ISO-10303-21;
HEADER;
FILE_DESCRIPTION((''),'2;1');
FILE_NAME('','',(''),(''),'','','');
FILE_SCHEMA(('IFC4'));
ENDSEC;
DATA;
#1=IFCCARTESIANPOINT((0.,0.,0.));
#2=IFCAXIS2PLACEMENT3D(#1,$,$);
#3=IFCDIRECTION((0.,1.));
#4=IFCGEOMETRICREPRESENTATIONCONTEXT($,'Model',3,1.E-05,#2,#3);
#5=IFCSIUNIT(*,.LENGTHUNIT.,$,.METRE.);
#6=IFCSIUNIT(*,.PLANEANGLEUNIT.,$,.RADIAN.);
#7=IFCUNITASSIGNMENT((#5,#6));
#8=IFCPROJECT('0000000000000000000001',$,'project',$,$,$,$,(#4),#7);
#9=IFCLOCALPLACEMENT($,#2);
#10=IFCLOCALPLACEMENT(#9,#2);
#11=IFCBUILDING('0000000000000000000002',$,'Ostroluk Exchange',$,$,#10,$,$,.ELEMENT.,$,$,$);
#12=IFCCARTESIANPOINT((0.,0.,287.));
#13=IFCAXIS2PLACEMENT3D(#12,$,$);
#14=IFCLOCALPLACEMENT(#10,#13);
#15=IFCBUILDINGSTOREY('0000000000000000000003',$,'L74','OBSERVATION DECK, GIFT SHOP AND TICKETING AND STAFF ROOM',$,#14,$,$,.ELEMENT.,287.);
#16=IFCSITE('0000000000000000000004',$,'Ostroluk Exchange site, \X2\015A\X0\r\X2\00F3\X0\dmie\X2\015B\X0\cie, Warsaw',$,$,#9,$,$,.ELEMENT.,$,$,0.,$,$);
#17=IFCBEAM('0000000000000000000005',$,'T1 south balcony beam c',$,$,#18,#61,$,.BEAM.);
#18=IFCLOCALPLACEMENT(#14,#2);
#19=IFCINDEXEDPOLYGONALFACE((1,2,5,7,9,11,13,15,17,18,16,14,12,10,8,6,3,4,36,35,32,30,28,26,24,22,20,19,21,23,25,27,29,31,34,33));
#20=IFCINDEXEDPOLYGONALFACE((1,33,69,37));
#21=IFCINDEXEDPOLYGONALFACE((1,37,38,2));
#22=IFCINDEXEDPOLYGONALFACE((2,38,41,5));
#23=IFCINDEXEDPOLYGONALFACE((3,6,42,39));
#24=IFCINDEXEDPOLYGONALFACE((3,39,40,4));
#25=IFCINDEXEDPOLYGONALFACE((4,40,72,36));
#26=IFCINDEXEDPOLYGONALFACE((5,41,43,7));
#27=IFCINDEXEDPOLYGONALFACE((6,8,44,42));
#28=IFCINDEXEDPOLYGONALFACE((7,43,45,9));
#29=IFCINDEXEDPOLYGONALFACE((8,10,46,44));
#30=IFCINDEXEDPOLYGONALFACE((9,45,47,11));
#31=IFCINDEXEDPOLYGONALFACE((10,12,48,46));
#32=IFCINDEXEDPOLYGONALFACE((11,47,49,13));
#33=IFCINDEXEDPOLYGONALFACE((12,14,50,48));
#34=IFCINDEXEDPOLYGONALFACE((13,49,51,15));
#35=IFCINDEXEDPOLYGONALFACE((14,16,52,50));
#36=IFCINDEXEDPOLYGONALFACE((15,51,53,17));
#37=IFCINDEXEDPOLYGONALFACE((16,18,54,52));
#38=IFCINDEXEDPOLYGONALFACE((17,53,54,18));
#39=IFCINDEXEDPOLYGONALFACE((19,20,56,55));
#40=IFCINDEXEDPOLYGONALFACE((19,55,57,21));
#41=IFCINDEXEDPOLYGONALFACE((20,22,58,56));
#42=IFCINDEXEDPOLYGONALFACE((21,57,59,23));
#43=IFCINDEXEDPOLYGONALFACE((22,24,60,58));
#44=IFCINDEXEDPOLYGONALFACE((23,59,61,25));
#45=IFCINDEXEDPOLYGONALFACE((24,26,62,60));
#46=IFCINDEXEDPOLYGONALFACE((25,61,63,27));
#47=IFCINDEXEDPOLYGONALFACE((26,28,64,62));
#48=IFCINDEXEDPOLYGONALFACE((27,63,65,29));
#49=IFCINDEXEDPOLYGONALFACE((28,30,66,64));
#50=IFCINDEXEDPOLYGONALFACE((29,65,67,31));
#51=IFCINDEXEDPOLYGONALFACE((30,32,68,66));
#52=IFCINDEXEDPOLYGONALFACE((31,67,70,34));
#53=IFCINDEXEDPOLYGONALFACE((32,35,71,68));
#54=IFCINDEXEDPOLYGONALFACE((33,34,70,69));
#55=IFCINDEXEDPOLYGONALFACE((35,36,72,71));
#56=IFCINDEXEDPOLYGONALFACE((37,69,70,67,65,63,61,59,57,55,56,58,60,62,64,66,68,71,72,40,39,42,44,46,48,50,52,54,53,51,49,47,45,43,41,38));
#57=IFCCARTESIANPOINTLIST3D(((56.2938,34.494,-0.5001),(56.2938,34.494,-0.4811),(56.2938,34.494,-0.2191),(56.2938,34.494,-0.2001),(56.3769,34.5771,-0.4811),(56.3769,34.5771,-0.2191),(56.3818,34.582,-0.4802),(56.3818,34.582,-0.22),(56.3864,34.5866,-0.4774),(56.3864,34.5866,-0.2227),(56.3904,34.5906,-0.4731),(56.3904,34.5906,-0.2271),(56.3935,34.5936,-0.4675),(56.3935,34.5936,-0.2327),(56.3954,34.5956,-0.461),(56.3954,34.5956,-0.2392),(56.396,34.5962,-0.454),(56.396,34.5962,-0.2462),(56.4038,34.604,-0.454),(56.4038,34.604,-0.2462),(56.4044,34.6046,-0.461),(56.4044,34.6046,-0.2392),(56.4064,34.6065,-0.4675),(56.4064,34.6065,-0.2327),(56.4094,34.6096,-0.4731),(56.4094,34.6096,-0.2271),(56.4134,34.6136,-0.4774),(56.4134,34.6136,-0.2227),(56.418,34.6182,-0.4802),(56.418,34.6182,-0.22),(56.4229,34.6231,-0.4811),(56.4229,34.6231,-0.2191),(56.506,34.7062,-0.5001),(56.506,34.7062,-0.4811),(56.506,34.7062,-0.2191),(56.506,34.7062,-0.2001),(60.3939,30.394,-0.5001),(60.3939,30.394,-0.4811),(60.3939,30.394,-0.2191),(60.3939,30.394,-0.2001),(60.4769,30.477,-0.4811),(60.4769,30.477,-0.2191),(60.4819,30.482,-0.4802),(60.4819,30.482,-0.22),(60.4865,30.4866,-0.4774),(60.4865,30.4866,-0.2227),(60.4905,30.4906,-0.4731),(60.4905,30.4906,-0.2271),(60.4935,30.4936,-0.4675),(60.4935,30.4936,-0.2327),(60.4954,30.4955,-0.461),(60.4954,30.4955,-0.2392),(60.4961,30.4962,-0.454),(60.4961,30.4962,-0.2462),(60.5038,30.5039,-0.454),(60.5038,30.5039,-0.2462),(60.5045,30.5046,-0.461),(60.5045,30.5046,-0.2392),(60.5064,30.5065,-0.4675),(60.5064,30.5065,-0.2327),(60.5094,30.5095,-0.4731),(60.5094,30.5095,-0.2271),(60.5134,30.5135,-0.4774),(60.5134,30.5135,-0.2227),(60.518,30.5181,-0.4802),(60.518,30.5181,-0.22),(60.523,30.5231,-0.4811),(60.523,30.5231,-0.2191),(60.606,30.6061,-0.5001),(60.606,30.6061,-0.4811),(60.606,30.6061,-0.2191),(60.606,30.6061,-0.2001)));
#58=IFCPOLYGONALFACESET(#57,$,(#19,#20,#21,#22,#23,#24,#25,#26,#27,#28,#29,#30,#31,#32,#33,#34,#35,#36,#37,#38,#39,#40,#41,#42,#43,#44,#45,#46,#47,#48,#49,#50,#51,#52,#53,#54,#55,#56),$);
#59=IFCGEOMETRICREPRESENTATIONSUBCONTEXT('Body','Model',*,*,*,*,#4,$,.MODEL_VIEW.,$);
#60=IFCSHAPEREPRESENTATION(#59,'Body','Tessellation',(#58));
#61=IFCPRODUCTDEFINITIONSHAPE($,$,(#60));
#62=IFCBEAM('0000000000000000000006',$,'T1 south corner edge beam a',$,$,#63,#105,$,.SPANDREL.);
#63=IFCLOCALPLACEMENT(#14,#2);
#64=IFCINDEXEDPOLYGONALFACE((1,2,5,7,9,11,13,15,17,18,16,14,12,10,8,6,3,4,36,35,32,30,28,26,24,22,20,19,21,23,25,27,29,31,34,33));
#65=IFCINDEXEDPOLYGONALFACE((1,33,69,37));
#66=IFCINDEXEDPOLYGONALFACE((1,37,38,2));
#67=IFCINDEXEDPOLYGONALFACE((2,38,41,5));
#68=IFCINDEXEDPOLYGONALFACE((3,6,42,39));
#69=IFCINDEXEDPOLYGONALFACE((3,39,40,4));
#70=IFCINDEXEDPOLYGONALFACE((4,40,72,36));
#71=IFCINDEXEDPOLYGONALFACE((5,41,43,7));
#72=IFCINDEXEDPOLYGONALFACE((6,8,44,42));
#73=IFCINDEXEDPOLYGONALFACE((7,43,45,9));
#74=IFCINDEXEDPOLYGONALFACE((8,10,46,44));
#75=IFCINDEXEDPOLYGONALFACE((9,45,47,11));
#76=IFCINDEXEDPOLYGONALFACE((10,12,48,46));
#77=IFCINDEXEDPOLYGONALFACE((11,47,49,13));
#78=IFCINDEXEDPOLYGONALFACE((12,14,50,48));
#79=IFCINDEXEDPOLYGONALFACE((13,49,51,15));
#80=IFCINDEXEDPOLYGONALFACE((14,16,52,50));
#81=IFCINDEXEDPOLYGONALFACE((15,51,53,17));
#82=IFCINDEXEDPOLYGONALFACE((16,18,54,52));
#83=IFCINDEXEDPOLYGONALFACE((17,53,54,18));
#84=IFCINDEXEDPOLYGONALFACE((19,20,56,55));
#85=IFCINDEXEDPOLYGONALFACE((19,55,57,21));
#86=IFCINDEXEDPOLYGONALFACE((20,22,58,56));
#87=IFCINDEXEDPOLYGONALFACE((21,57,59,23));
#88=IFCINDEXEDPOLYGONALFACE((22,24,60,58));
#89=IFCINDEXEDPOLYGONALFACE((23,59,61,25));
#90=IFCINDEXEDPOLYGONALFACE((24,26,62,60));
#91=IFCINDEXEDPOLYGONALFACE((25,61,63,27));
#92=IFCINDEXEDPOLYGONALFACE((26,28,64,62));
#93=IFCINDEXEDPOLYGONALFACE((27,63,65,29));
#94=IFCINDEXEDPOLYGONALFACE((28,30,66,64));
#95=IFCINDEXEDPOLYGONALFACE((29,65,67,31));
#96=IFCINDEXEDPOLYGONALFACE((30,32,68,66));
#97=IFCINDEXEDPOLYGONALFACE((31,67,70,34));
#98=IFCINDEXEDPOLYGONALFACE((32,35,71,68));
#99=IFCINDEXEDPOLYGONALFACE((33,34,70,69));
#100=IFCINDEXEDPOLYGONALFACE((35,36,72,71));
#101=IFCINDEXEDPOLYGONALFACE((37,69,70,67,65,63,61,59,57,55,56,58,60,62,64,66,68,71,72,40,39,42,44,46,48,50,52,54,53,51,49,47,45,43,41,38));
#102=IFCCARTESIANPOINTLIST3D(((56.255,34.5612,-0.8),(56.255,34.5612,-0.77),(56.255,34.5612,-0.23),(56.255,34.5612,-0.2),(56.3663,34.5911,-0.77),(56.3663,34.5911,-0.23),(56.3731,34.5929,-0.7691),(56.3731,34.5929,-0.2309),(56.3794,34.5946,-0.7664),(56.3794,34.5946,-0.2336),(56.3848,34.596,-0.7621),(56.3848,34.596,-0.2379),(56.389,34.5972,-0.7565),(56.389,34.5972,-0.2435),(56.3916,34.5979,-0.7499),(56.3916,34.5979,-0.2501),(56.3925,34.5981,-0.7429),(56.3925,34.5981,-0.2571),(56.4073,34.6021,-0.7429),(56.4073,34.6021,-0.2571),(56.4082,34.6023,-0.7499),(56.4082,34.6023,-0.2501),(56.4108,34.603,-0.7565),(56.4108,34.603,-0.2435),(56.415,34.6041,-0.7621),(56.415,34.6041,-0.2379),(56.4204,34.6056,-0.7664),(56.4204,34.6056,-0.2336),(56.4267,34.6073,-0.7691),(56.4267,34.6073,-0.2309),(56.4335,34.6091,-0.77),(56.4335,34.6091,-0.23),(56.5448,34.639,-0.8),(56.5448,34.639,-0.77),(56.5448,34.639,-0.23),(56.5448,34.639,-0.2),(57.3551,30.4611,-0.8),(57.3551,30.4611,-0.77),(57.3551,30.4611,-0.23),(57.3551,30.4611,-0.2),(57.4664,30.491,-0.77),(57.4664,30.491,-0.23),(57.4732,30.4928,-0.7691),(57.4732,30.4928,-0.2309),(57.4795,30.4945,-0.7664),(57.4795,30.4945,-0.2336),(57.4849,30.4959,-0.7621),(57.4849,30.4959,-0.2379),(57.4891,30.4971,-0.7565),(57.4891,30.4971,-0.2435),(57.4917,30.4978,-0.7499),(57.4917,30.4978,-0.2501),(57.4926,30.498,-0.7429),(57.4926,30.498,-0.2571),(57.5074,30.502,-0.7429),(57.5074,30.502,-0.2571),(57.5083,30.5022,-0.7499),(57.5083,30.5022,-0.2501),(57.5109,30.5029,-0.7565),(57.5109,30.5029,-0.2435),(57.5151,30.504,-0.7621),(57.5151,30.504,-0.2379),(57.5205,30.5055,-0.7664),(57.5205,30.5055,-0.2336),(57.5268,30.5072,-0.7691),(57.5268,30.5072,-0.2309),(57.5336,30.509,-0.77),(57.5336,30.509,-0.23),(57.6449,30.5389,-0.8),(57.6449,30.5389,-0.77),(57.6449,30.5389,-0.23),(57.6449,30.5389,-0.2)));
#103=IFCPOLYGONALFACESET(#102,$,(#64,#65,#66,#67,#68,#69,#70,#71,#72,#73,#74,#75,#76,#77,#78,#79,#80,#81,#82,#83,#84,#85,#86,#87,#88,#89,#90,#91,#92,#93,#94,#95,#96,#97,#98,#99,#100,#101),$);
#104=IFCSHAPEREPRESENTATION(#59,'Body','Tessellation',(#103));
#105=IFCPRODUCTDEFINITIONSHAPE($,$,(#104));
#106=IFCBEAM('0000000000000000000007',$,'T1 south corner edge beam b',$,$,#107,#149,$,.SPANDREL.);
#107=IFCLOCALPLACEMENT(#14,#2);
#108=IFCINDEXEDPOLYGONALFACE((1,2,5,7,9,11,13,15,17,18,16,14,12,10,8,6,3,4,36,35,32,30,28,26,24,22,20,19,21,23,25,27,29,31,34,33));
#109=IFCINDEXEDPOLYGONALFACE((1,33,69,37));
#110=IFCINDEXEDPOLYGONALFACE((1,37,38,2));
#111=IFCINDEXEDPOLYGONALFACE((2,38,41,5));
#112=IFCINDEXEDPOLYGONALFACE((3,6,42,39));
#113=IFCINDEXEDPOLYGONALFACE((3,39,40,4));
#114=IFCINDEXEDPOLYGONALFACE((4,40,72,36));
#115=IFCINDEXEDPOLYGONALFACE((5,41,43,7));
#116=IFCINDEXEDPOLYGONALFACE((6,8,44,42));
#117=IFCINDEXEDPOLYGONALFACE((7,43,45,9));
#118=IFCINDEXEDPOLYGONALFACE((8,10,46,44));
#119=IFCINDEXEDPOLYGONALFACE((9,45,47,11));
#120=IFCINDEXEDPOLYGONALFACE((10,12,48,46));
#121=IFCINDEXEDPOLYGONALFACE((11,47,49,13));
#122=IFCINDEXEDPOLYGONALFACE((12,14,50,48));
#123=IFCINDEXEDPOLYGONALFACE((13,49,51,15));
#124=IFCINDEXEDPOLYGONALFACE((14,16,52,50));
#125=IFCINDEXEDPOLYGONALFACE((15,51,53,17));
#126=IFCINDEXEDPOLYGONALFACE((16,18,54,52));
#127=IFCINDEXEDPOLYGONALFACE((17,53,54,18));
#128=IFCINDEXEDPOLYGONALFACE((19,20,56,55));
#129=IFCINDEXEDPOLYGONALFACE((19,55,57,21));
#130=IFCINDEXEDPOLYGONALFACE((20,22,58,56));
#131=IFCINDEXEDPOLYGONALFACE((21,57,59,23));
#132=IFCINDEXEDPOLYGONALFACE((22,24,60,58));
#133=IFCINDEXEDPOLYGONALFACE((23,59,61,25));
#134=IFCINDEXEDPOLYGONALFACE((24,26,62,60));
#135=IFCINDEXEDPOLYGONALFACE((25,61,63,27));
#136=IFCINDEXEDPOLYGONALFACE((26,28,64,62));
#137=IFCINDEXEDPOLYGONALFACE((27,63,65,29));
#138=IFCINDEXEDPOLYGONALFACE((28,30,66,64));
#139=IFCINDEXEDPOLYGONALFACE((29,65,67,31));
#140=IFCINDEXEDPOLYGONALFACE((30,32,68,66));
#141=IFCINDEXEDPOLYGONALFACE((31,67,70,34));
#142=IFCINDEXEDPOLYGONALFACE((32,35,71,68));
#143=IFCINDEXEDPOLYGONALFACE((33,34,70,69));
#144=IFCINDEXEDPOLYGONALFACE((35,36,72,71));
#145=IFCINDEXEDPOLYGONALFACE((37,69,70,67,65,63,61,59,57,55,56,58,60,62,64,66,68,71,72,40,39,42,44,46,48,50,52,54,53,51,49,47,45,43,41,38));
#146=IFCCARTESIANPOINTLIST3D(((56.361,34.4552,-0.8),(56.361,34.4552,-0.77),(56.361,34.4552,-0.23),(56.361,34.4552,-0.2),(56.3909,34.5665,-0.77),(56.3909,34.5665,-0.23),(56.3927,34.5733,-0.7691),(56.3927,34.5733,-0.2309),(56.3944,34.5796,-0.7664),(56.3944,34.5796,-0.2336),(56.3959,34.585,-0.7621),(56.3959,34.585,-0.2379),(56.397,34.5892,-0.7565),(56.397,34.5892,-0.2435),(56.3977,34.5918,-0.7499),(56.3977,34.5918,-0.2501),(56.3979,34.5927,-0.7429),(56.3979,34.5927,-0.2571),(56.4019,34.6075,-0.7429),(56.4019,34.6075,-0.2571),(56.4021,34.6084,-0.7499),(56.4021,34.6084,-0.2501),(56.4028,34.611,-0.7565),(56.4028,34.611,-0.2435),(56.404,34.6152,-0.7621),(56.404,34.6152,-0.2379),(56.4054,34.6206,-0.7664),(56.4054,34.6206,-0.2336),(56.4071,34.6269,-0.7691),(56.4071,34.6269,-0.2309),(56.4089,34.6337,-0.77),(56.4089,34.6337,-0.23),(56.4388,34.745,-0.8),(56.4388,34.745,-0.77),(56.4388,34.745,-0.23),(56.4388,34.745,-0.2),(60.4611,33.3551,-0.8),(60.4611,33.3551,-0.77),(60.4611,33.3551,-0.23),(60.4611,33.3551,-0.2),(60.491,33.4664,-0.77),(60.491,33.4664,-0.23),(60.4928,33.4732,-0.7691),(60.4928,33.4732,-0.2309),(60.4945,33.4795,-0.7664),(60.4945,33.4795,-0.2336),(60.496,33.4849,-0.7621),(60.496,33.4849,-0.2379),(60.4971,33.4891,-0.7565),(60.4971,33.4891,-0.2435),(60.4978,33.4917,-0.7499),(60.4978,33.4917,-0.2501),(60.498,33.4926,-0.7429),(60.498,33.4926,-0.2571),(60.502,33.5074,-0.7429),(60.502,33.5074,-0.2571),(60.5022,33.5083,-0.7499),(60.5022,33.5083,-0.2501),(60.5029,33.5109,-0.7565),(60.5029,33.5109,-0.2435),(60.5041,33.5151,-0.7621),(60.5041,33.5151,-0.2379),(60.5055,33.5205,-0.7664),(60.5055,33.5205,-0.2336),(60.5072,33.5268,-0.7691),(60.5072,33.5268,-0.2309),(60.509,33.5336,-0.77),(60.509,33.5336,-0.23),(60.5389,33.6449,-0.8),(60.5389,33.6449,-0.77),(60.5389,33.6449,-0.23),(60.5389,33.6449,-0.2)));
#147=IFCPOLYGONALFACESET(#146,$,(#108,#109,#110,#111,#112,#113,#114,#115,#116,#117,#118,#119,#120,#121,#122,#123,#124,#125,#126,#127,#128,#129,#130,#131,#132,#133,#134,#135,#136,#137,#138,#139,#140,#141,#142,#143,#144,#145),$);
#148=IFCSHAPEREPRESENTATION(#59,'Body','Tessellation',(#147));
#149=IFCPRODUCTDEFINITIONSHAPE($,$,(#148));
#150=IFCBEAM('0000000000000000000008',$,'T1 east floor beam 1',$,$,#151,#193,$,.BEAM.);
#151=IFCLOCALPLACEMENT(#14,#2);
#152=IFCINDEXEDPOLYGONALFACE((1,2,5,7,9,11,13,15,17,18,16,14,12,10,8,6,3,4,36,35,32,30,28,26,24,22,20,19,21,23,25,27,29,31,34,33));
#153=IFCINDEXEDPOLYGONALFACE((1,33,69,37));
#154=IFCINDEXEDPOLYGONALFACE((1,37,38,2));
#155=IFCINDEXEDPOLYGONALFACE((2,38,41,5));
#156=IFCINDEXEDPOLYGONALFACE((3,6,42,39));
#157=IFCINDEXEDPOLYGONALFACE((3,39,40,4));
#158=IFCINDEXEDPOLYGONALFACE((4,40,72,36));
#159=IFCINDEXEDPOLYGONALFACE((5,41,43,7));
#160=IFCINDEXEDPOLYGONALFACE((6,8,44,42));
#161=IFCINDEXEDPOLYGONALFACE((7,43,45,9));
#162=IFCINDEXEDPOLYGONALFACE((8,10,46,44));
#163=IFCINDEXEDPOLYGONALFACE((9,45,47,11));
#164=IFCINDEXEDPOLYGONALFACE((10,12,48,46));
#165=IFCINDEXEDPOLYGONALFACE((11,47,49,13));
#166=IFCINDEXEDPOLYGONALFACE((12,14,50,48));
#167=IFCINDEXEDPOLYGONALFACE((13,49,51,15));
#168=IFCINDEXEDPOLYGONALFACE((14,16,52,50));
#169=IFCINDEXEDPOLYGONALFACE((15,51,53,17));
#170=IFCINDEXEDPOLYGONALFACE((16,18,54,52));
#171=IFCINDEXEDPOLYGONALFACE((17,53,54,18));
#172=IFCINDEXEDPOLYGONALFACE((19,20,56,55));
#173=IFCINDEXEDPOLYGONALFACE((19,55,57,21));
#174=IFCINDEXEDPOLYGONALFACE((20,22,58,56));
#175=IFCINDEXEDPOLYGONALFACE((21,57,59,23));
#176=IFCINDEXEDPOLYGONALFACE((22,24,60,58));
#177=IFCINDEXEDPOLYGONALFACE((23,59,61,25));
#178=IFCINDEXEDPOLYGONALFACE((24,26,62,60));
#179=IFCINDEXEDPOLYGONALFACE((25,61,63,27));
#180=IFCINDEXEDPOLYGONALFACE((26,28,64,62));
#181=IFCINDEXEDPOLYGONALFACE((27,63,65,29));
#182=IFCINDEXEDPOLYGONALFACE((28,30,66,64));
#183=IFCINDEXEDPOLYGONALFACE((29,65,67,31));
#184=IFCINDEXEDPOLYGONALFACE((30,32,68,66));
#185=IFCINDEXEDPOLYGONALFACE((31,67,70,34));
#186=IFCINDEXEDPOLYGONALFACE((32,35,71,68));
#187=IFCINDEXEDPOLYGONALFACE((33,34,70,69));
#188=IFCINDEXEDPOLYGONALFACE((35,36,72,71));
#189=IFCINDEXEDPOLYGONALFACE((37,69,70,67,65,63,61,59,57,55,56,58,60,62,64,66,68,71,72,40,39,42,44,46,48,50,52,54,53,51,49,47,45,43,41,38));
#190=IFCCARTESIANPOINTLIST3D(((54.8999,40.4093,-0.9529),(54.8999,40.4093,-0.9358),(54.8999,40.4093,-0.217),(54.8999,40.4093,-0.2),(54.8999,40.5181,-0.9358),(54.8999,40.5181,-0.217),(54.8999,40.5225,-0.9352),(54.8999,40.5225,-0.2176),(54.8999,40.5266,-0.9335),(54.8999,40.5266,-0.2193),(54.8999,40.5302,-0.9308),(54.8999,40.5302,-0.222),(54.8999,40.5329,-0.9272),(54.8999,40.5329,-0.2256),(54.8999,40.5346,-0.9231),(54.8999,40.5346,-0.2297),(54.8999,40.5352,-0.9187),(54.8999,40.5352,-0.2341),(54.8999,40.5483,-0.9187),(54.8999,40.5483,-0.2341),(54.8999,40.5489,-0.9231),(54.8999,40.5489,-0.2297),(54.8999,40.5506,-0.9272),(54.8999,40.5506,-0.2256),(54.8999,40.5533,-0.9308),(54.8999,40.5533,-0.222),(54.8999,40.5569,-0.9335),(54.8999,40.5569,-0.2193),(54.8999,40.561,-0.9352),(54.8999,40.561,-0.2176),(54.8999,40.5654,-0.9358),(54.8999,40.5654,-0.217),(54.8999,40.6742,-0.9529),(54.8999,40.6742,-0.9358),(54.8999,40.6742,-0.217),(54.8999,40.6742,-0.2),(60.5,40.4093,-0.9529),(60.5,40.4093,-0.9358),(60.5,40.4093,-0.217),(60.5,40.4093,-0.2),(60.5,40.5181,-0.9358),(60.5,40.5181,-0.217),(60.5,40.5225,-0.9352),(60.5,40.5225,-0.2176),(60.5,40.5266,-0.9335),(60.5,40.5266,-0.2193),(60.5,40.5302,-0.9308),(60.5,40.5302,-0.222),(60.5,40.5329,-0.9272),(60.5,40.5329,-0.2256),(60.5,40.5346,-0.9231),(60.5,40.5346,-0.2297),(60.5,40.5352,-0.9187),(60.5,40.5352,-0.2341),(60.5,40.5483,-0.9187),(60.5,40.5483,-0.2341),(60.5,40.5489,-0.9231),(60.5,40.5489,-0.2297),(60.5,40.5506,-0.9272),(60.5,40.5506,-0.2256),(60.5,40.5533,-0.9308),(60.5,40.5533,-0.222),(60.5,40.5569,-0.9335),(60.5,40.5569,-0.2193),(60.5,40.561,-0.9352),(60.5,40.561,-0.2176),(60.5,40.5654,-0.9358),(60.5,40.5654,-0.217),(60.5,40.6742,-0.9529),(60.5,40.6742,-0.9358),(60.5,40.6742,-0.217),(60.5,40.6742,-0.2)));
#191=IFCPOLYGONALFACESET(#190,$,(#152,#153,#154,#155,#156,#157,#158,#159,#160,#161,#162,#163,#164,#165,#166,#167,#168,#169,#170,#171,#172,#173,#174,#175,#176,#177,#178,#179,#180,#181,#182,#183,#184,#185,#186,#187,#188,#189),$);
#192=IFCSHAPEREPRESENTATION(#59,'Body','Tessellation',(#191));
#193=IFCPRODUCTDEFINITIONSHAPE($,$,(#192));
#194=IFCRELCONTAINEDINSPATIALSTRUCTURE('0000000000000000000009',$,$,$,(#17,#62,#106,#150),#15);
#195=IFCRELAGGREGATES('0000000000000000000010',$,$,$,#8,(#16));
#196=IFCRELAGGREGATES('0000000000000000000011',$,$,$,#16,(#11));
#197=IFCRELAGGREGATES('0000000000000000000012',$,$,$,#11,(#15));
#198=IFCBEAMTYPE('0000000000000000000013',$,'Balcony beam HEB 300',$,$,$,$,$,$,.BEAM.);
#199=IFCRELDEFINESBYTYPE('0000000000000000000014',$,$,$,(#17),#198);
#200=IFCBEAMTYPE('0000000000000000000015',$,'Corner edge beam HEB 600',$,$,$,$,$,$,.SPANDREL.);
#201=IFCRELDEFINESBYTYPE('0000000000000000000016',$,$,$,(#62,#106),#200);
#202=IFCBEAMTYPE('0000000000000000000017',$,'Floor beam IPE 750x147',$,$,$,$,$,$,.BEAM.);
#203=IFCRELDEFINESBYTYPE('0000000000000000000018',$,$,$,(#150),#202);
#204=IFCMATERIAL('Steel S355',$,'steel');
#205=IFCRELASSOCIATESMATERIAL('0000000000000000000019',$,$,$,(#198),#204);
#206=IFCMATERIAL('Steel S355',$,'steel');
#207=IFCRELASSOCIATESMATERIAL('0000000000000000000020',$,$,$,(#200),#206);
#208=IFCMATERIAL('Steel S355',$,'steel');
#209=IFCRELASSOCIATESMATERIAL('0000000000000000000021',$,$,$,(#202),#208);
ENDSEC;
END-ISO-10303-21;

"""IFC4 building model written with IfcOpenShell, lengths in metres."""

from ifc_helpers import new_model, si_unit, direction, frame, origin, origin_2d, place, context, subcontext, project, spatial, i_section, extrude, material, material_profile, profile_set, type_object, element, save


model = new_model("IFC4")

# Units and contexts
model_context = context("Model", 3, precision=1e-05, world=origin(), true_north=direction((0.0, 1.0)))
body_context = subcontext(model_context, "Body", "Model", "MODEL_VIEW")
ifc_project = project(units=[si_unit("LENGTHUNIT", "METRE"), si_unit("PLANEANGLEUNIT", "RADIAN")], contexts=[model_context])

# Site, building, storey
site_placement = place(None, origin())
site = spatial("IfcSite", under=ifc_project, at=site_placement, Name="Ostroluk Exchange site, Śródmieście, Warsaw", CompositionType="ELEMENT", RefElevation=0.0)
building_placement = place(site_placement, origin())
building = spatial("IfcBuilding", under=site, at=building_placement, Name="Ostroluk Exchange", CompositionType="ELEMENT")
storey_placement = place(building_placement, frame((0.0, 0.0, 287.0)))
storey = spatial("IfcBuildingStorey", under=building, at=storey_placement, Name="L74", Description="OBSERVATION DECK, GIFT SHOP AND TICKETING AND STAFF ROOM", CompositionType="ELEMENT", Elevation=287.0)

# Beams
ifc_material_1 = material(Name="Steel S355", Category="steel")
ifc_material_profile_1 = material_profile(ifc_material_1, i_section(OverallWidth=0.3, OverallDepth=0.3, WebThickness=0.011, FlangeThickness=0.019, FilletRadius=0.0271, at=origin_2d()), Name="HEB 300")
ifc_profile_set_1 = profile_set([ifc_material_profile_1], Name="Steel S355")
beam_type_1 = type_object("IfcBeamType", Name="Balcony beam HEB 300", PredefinedType="BEAM", material=ifc_profile_set_1)
beam_1_placement = place(storey_placement, frame((56.3999, 34.6001, -0.3501), z_axis=(0.707107, -0.707107, 0.0), x_axis=(0.707107, 0.707107, 0.0)))
element("IfcBeam", 1, at=beam_1_placement, inside=storey, type_object=beam_type_1, Name="T1 south balcony beam c", PredefinedType="BEAM", context=body_context, shape_type="SweptSolid", body=[
    extrude(i_section(OverallWidth=0.3, OverallDepth=0.3, WebThickness=0.011, FlangeThickness=0.019, FilletRadius=0.0271, at=origin_2d()), origin(), (0.0, 0.0, 1.0), 5.7983),
])
ifc_material_2 = material(Name="Steel S355", Category="steel")
ifc_material_profile_2 = material_profile(ifc_material_2, i_section(OverallWidth=0.3, OverallDepth=0.6001, WebThickness=0.0154, FlangeThickness=0.03, FilletRadius=0.0271, at=origin_2d()), Name="HEB 600")
ifc_profile_set_2 = profile_set([ifc_material_profile_2], Name="Steel S355")
beam_type_2 = type_object("IfcBeamType", Name="Corner edge beam HEB 600", PredefinedType="SPANDREL", material=ifc_profile_set_2)
for number, where, z_axis, x_axis, name in (
    (2, (56.3999, 34.6001, -0.5), (0.259144, -0.965839, 0.0), (0.965839, 0.259144, 0.0), "T1 south corner edge beam a"),
    (3, (56.3999, 34.6001, -0.5), (0.965839, -0.259144, 0.0), (0.259144, 0.965839, 0.0), "T1 south corner edge beam b"),
):
    element("IfcBeam", number, at=place(storey_placement, frame(where, z_axis=z_axis, x_axis=x_axis)), inside=storey, type_object=beam_type_2, Name=name, PredefinedType="SPANDREL", context=body_context, shape_type="SweptSolid", body=[
        extrude(i_section(OverallWidth=0.3, OverallDepth=0.6001, WebThickness=0.0154, FlangeThickness=0.03, FilletRadius=0.0271, at=origin_2d()), origin(), (0.0, 0.0, 1.0), 4.2451),
    ])
ifc_material_3 = material(Name="Steel S355", Category="steel")
ifc_material_profile_3 = material_profile(ifc_material_3, i_section(OverallWidth=0.2649, OverallDepth=0.7529, WebThickness=0.0132, FlangeThickness=0.0171, FilletRadius=0.0171, at=origin_2d()), Name="IPE 750x147")
ifc_profile_set_3 = profile_set([ifc_material_profile_3], Name="Steel S355")
beam_type_3 = type_object("IfcBeamType", Name="Floor beam IPE 750x147", PredefinedType="BEAM", material=ifc_profile_set_3)
beam_2_placement = place(storey_placement, frame((54.8999, 40.5417, -0.5764), z_axis=(1.0, 0.0, 0.0), x_axis=(0.0, 1.0, 0.0)))
element("IfcBeam", 4, at=beam_2_placement, inside=storey, type_object=beam_type_3, Name="T1 east floor beam 1", PredefinedType="BEAM", context=body_context, shape_type="SweptSolid", body=[
    extrude(i_section(OverallWidth=0.2649, OverallDepth=0.7529, WebThickness=0.0132, FlangeThickness=0.0171, FilletRadius=0.0171, at=origin_2d()), origin(), (0.0, 0.0, 1.0), 5.6001),
])

save(model, "model.ifc")
